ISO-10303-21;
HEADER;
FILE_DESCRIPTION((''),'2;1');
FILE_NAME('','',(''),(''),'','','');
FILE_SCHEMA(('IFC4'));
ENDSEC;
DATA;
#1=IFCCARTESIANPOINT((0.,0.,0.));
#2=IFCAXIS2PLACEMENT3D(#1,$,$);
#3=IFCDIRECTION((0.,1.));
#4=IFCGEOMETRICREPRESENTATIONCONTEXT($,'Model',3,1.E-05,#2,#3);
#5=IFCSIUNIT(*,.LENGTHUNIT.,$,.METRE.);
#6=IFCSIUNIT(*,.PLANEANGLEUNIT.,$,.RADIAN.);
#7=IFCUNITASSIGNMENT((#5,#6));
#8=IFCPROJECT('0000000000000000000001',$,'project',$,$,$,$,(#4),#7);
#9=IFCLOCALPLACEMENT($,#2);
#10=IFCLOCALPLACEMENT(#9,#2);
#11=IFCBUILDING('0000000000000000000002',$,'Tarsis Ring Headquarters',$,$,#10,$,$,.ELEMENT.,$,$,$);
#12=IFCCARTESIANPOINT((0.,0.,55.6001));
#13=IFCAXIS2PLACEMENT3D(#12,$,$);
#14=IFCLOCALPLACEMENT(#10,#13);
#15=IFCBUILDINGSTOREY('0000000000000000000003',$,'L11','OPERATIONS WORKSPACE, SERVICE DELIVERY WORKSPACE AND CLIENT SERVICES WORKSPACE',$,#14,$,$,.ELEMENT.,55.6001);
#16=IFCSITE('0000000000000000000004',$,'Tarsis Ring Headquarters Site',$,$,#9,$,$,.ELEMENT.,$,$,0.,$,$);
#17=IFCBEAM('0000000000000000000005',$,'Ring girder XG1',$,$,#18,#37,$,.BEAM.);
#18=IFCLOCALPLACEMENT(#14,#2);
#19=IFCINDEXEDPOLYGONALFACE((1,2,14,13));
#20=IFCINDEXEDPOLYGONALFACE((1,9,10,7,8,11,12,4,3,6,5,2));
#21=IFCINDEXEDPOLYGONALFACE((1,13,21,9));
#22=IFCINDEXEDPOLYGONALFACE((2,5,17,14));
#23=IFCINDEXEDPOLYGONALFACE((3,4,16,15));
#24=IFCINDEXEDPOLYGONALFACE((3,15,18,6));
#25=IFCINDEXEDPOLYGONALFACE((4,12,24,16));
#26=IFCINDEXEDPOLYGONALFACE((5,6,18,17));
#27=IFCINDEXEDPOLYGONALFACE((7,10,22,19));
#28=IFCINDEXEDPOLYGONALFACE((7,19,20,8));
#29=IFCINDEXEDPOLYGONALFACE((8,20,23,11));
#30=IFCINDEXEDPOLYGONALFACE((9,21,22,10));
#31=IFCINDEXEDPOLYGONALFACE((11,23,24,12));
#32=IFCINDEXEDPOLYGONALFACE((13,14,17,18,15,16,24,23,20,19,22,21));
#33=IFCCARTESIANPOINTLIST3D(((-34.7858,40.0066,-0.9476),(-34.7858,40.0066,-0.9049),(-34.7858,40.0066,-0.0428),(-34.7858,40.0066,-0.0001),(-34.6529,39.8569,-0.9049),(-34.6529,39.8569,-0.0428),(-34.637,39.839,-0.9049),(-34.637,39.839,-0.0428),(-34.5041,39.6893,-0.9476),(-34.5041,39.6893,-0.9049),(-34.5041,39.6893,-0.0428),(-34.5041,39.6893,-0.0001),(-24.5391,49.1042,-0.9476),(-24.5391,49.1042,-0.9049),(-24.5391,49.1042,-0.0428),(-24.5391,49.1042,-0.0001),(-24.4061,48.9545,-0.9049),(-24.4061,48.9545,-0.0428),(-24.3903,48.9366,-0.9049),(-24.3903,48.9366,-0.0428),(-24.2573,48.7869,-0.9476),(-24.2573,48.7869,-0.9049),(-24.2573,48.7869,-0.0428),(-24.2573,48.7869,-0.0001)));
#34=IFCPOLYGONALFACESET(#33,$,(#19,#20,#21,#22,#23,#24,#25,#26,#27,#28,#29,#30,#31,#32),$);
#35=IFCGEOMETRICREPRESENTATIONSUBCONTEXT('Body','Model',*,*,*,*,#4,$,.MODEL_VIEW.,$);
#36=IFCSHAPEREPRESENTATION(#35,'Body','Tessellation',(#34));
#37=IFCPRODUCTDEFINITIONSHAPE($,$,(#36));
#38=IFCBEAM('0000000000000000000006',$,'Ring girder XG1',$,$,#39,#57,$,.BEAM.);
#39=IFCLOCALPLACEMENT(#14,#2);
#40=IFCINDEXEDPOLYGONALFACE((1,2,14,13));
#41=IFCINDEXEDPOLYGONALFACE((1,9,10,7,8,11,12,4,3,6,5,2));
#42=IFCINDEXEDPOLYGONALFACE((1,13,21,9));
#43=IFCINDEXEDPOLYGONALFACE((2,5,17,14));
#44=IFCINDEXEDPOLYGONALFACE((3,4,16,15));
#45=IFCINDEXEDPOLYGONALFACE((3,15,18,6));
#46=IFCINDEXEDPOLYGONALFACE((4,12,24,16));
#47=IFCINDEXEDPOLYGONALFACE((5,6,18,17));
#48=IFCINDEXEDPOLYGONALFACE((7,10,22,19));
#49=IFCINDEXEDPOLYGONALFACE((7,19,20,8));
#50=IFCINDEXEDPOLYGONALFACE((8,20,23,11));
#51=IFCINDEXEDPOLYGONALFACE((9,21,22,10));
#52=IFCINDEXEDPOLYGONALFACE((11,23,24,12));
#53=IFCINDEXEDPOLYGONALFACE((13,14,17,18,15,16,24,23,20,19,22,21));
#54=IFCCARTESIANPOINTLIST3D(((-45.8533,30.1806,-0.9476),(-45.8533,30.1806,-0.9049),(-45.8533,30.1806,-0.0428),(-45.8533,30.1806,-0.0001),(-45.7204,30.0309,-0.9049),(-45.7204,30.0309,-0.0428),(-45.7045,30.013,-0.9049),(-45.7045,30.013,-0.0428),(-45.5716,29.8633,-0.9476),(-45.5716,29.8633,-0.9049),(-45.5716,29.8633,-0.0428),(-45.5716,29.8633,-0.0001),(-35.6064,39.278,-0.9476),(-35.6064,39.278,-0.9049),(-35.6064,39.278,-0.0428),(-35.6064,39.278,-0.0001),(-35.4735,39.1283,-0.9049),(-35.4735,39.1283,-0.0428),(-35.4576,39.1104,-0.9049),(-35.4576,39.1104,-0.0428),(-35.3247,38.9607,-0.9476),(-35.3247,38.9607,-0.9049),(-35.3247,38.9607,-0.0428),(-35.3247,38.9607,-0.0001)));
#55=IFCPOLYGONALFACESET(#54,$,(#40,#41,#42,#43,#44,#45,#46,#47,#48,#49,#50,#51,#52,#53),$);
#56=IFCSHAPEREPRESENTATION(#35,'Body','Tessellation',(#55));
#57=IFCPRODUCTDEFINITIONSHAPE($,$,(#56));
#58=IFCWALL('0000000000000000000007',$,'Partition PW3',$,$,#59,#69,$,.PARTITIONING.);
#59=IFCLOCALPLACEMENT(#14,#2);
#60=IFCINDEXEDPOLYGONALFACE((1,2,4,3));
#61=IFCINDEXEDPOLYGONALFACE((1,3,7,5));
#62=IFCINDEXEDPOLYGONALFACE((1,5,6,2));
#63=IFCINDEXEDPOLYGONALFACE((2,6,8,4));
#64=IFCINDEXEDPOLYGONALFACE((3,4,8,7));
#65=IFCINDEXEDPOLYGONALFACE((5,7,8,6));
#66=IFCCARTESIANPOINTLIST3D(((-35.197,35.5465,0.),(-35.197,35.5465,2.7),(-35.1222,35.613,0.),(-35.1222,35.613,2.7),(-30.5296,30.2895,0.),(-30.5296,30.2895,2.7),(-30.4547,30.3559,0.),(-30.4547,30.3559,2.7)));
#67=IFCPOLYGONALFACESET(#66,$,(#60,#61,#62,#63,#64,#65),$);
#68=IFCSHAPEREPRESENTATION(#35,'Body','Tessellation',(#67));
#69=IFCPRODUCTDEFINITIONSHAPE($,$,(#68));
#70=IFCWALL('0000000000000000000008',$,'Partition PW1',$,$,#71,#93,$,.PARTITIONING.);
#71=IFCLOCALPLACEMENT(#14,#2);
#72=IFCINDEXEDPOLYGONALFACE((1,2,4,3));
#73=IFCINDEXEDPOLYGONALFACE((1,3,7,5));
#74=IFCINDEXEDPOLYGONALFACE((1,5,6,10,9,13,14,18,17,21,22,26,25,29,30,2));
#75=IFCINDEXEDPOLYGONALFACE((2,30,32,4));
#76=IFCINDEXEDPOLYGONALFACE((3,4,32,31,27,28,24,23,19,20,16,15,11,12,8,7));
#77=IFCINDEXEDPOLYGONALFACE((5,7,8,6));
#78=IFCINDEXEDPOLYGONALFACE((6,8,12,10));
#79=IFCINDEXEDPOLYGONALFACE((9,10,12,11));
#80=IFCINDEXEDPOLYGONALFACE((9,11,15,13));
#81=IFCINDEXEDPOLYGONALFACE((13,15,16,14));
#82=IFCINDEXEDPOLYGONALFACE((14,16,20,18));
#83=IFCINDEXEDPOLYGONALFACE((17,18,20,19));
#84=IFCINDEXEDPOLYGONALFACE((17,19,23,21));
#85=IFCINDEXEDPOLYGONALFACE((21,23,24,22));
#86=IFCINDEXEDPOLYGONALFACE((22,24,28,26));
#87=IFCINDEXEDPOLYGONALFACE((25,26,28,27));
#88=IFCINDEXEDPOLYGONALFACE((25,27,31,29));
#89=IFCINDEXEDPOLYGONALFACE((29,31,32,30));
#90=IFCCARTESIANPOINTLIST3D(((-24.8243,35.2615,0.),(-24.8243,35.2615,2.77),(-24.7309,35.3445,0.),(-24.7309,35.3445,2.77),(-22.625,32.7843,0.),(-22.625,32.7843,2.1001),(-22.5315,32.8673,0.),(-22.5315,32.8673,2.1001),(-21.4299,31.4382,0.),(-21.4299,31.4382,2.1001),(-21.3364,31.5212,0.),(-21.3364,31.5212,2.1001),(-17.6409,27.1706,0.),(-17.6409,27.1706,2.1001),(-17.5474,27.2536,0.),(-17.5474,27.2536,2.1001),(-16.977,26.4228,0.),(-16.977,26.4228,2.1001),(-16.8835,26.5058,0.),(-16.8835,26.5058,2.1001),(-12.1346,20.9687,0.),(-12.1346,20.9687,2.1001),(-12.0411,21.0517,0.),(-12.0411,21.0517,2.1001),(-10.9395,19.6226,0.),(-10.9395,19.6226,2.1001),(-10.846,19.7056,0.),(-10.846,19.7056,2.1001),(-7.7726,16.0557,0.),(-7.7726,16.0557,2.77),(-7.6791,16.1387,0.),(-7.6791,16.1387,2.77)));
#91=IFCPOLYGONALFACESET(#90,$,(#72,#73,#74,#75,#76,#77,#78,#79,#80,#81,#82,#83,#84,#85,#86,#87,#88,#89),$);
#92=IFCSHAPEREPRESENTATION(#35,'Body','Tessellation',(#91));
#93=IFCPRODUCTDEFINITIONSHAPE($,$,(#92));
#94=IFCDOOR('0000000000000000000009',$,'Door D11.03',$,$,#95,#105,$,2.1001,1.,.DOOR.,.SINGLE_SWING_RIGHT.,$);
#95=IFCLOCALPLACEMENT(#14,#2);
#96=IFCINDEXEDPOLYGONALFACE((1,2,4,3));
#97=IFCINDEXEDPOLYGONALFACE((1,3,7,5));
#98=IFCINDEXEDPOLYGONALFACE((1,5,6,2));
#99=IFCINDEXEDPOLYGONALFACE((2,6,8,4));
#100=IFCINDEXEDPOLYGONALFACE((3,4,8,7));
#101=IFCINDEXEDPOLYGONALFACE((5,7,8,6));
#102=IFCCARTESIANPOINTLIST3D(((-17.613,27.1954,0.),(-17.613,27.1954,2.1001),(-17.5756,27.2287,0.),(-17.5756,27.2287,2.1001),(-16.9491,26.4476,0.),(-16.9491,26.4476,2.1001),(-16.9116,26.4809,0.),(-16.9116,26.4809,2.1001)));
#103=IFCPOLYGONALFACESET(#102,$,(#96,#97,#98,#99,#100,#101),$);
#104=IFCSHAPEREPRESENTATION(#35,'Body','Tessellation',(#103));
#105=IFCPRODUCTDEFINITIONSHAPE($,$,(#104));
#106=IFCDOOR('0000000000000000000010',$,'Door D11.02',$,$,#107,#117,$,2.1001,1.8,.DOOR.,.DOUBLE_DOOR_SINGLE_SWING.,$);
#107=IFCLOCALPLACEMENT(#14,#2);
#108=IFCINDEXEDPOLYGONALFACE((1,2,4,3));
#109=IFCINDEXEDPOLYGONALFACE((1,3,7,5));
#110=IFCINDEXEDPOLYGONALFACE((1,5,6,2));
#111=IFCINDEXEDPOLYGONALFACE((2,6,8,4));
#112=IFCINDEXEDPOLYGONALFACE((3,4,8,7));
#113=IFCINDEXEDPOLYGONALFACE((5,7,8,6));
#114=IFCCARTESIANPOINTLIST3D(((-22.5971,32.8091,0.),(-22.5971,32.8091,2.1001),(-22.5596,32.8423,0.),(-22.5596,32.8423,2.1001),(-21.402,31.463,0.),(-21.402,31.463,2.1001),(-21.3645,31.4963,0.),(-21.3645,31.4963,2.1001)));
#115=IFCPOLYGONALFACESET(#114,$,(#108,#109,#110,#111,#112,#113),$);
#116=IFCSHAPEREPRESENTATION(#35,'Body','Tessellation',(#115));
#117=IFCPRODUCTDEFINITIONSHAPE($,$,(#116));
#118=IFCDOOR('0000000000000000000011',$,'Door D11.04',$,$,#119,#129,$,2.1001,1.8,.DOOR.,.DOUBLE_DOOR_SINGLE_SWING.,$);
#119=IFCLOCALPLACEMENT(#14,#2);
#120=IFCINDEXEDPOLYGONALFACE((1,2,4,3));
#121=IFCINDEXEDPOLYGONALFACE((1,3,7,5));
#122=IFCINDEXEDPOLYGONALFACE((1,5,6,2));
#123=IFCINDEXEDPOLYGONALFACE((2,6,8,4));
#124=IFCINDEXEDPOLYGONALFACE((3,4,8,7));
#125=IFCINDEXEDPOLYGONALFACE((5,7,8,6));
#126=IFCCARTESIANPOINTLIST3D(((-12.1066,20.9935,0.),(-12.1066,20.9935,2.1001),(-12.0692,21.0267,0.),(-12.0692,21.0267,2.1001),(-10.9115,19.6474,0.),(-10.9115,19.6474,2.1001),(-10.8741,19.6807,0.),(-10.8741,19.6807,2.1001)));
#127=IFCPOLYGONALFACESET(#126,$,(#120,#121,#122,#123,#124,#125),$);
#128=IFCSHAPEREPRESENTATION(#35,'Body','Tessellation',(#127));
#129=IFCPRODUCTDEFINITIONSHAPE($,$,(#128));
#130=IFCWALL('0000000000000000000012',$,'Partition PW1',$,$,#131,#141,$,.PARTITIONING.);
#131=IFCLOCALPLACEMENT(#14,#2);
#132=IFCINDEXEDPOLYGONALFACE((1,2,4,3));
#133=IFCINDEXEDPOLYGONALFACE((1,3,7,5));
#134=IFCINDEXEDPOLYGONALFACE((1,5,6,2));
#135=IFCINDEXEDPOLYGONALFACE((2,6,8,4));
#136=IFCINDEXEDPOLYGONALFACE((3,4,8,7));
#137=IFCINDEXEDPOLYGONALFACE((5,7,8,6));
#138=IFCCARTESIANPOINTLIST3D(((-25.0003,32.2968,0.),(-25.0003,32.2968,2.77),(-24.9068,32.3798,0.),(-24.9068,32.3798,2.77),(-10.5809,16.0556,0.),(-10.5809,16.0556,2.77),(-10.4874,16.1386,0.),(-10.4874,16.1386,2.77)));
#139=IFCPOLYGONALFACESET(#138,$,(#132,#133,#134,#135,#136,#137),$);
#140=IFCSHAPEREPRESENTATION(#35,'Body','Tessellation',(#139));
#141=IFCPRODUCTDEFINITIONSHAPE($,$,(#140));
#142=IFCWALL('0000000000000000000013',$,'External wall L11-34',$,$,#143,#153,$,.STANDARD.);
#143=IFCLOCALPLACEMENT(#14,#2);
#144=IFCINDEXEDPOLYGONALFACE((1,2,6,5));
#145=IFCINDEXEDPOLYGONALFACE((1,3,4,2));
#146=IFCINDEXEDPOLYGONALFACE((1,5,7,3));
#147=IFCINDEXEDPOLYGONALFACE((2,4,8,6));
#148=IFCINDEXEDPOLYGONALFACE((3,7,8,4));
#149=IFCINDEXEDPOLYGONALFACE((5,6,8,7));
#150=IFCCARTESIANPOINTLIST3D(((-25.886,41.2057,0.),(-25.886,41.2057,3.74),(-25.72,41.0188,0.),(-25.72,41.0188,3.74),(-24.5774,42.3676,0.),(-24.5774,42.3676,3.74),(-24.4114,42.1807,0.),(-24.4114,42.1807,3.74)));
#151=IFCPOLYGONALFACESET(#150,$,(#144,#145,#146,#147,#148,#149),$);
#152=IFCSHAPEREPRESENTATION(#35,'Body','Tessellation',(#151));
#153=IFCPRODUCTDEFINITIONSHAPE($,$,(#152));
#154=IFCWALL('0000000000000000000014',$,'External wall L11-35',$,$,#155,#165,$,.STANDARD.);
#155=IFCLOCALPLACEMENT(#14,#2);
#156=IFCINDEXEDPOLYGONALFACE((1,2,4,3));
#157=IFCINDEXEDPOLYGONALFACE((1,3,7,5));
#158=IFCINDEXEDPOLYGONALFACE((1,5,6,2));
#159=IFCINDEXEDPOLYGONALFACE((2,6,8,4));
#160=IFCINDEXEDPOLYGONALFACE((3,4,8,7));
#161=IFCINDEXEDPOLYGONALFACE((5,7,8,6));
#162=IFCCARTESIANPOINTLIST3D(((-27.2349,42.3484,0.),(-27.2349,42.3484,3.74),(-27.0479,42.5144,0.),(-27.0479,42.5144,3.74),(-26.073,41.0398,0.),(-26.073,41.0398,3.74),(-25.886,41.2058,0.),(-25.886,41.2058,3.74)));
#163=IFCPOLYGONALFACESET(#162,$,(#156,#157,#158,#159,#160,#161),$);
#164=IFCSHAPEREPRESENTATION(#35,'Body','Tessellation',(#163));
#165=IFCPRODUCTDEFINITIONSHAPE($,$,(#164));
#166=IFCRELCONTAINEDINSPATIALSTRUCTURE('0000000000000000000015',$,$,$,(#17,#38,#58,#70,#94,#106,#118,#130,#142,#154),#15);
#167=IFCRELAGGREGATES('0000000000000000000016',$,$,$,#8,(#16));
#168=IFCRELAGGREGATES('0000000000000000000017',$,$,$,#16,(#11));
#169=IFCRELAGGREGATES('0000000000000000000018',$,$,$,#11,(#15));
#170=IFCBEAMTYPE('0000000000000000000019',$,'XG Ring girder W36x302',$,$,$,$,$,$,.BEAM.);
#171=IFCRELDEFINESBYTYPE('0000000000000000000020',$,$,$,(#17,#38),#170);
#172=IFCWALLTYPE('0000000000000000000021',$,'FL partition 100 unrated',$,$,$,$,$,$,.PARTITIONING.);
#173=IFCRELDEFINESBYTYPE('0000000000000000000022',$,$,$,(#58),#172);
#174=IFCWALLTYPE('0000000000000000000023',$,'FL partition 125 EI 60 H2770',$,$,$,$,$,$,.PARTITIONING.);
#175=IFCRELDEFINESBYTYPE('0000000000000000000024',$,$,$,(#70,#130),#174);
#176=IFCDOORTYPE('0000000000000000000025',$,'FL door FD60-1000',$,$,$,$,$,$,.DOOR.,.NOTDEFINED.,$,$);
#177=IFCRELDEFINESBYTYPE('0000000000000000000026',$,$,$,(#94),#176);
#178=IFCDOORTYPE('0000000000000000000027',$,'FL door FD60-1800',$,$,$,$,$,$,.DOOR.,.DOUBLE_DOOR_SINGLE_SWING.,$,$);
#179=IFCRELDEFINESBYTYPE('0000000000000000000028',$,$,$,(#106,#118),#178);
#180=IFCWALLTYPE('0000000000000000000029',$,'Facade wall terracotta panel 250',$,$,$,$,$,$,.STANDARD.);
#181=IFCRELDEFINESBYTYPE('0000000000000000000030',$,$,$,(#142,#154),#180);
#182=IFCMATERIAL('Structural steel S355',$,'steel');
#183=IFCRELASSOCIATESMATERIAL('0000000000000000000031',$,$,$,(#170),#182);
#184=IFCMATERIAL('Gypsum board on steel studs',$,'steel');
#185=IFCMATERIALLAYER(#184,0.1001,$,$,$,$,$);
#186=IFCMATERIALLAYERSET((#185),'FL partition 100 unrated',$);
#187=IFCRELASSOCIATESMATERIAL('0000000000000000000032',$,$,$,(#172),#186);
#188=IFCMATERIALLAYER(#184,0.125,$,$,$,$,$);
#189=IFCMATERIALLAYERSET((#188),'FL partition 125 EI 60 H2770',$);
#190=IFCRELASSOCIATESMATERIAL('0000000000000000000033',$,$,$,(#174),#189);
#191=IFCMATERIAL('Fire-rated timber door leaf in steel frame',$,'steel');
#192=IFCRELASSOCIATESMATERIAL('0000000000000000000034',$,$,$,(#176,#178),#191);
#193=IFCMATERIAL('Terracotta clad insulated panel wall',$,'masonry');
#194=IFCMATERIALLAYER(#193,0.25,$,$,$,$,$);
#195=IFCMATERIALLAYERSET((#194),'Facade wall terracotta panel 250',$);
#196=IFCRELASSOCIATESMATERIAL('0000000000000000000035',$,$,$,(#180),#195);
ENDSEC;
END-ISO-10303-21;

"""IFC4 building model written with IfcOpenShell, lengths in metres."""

from ifc_helpers import new_model, si_unit, direction, frame, frame_2d, origin, origin_2d, place, context, subcontext, project, spatial, rectangle, i_section, extrude, material, layer, layer_set, material_profile, profile_set, type_object, element, fill, save


model = new_model("IFC4")

# Units and contexts
model_context = context("Model", 3, precision=1e-05, world=origin(), true_north=direction((0.0, 1.0)))
body_context = subcontext(model_context, "Body", "Model", "MODEL_VIEW")
ifc_project = project(units=[si_unit("LENGTHUNIT", "METRE"), si_unit("PLANEANGLEUNIT", "RADIAN")], contexts=[model_context])

# Site, building, storey
site_placement = place(None, origin())
site = spatial("IfcSite", under=ifc_project, at=site_placement, Name="Tarsis Ring Headquarters Site", CompositionType="ELEMENT", RefElevation=0.0)
building_placement = place(site_placement, origin())
building = spatial("IfcBuilding", under=site, at=building_placement, Name="Tarsis Ring Headquarters", CompositionType="ELEMENT")
storey_placement = place(building_placement, frame((0.0, 0.0, 55.6001)))
storey = spatial("IfcBuildingStorey", under=building, at=storey_placement, Name="L11", Description="OPERATIONS WORKSPACE, SERVICE DELIVERY WORKSPACE AND CLIENT SERVICES WORKSPACE", CompositionType="ELEMENT", Elevation=55.6001)

# Beams
ifc_material_1 = material(Name="Structural steel S355", Category="steel")
ifc_material_profile_1 = material_profile(ifc_material_1, i_section(OverallWidth=0.4243, OverallDepth=0.9475, WebThickness=0.0239, FlangeThickness=0.0427, at=origin_2d()), Name="W36x302")
ifc_profile_set_1 = profile_set([ifc_material_profile_1], Name="Structural steel S355")
beam_type = type_object("IfcBeamType", Name="XG Ring girder W36x302", PredefinedType="BEAM", material=ifc_profile_set_1)
for number, where, z_axis, x_axis, name in (
    (1, (-24.3982, 48.9456, -0.4739), (-0.747795, -0.66393, 0.0), (0.66393, -0.747795, 0.0), "Ring girder XG1"),
    (2, (-35.4656, 39.1194, -0.4739), (-0.747803, -0.66392, 0.0), (0.66392, -0.747803, 0.0), "Ring girder XG1"),
):
    element("IfcBeam", number, at=place(storey_placement, frame(where, z_axis=z_axis, x_axis=x_axis)), inside=storey, type_object=beam_type, Name=name, PredefinedType="BEAM", context=body_context, shape_type="SweptSolid", body=[
        extrude(i_section(OverallWidth=0.4243, OverallDepth=0.9475, WebThickness=0.0239, FlangeThickness=0.0427, at=origin_2d()), origin(), (0.0, 0.0, 1.0), 13.7026),
    ])

# Wall
ifc_material_2 = material(Name="Gypsum board on steel studs", Category="steel")
ifc_layer_1 = layer(ifc_material_2, 0.1001)
ifc_layer_set_1 = layer_set([ifc_layer_1], Name="FL partition 100 unrated")
wall_type_1 = type_object("IfcWallType", Name="FL partition 100 unrated", PredefinedType="PARTITIONING", material=ifc_layer_set_1)
wall_1_placement = place(storey_placement, frame((-35.1597, 35.5798, 0.0), z_axis=(0.0, 0.0, 1.0), x_axis=(0.663928, -0.747796, 0.0)))
element("IfcWall", 3, at=wall_1_placement, inside=storey, type_object=wall_type_1, Name="Partition PW3", PredefinedType="PARTITIONING", context=body_context, shape_type="SweptSolid", body=[
    extrude(rectangle(XDim=7.03, YDim=0.1001, at=frame_2d((3.5151, 0.0))), origin(), (0.0, 0.0, 1.0), 2.7),
])

# Wall, openings, doors
ifc_layer_2 = layer(ifc_material_2, 0.125)
ifc_layer_set_2 = layer_set([ifc_layer_2], Name="FL partition 125 EI 60 H2770")
wall_type_2 = type_object("IfcWallType", Name="FL partition 125 EI 60 H2770", PredefinedType="PARTITIONING", material=ifc_layer_set_2)
wall_2_placement = place(storey_placement, frame((-24.7776, 35.303, 0.0), z_axis=(0.0, 0.0, 1.0), x_axis=(0.663927, -0.747797, 0.0)))
wall_2 = element("IfcWall", 4, at=wall_2_placement, inside=storey, type_object=wall_type_2, Name="Partition PW1", PredefinedType="PARTITIONING", context=body_context, shape_type="SweptSolid", body=[
    extrude(rectangle(XDim=25.6831, YDim=0.125, at=frame_2d((12.8416, 0.0))), origin(), (0.0, 0.0, 1.0), 2.77),
])
opening_1_placement = place(wall_2_placement, frame((3.3127, 0.0, 0.0)))
opening_1 = element("IfcOpeningElement", 5, at=opening_1_placement, cuts=wall_2, PredefinedType="OPENING", context=body_context, shape_type="SweptSolid", body=[
    extrude(rectangle(XDim=1.8, YDim=2.1001, at=frame_2d((0.8999, 1.05))), frame((0.0, 0.0725, 0.0), z_axis=(0.0, -1.0, 0.0), x_axis=(1.0, 0.0, 0.0)), (0.0, 0.0, 1.0), 0.145),
])
opening_2_placement = place(wall_2_placement, frame((10.8196, 0.0, 0.0)))
opening_2 = element("IfcOpeningElement", 6, at=opening_2_placement, cuts=wall_2, PredefinedType="OPENING", context=body_context, shape_type="SweptSolid", body=[
    extrude(rectangle(XDim=1.0, YDim=2.1001, at=frame_2d((0.5, 1.05))), frame((0.0, 0.0725, 0.0), z_axis=(0.0, -1.0, 0.0), x_axis=(1.0, 0.0, 0.0)), (0.0, 0.0, 1.0), 0.145),
])
opening_3_placement = place(wall_2_placement, frame((19.1133, 0.0, 0.0)))
opening_3 = element("IfcOpeningElement", 7, at=opening_3_placement, cuts=wall_2, PredefinedType="OPENING", context=body_context, shape_type="SweptSolid", body=[
    extrude(rectangle(XDim=1.8, YDim=2.1001, at=frame_2d((0.8999, 1.05))), frame((0.0, 0.0725, 0.0), z_axis=(0.0, -1.0, 0.0), x_axis=(1.0, 0.0, 0.0)), (0.0, 0.0, 1.0), 0.145),
])
ifc_material_3 = material(Name="Fire-rated timber door leaf in steel frame", Category="steel")
door_type_1 = type_object("IfcDoorType", Name="FL door FD60-1000", OperationType="NOTDEFINED", PredefinedType="DOOR", material=ifc_material_3)
door_1_placement = place(opening_2_placement, origin())
door_1 = element("IfcDoor", 8, at=door_1_placement, inside=storey, type_object=door_type_1, Name="Door D11.03", OperationType="SINGLE_SWING_RIGHT", OverallHeight=2.1001, OverallWidth=1.0, PredefinedType="DOOR", context=body_context, shape_type="SweptSolid", body=[
    extrude(rectangle(XDim=1.0, YDim=2.1001, at=frame_2d((0.5, 1.05))), frame((0.0, 0.0249, 0.0), z_axis=(0.0, -1.0, 0.0), x_axis=(1.0, 0.0, 0.0)), (0.0, 0.0, 1.0), 0.05),
])
fill(opening_2, door_1)
door_type_2 = type_object("IfcDoorType", Name="FL door FD60-1800", OperationType="DOUBLE_DOOR_SINGLE_SWING", PredefinedType="DOOR", material=ifc_material_3)
door_2_placement = place(opening_1_placement, origin())
door_2 = element("IfcDoor", 9, at=door_2_placement, inside=storey, type_object=door_type_2, Name="Door D11.02", OperationType="DOUBLE_DOOR_SINGLE_SWING", OverallHeight=2.1001, OverallWidth=1.8, PredefinedType="DOOR", context=body_context, shape_type="SweptSolid", body=[
    extrude(rectangle(XDim=1.8, YDim=2.1001, at=frame_2d((0.8999, 1.05))), frame((0.0, 0.0249, 0.0), z_axis=(0.0, -1.0, 0.0), x_axis=(1.0, 0.0, 0.0)), (0.0, 0.0, 1.0), 0.05),
])
fill(opening_1, door_2)
door_3_placement = place(opening_3_placement, origin())
door_3 = element("IfcDoor", 10, at=door_3_placement, inside=storey, type_object=door_type_2, Name="Door D11.04", OperationType="DOUBLE_DOOR_SINGLE_SWING", OverallHeight=2.1001, OverallWidth=1.8, PredefinedType="DOOR", context=body_context, shape_type="SweptSolid", body=[
    extrude(rectangle(XDim=1.8, YDim=2.1001, at=frame_2d((0.8999, 1.05))), frame((0.0, 0.0249, 0.0), z_axis=(0.0, -1.0, 0.0), x_axis=(1.0, 0.0, 0.0)), (0.0, 0.0, 1.0), 0.05),
])
fill(opening_3, door_3)

# Walls
wall_3_placement = place(storey_placement, frame((-24.9536, 32.3384, 0.0), z_axis=(0.0, 0.0, 1.0), x_axis=(0.663921, -0.747802, 0.0)))
element("IfcWall", 11, at=wall_3_placement, inside=storey, type_object=wall_type_2, Name="Partition PW1", PredefinedType="PARTITIONING", context=body_context, shape_type="SweptSolid", body=[
    extrude(rectangle(XDim=21.7185, YDim=0.125, at=frame_2d((10.8594, 0.0))), origin(), (0.0, 0.0, 1.0), 2.77),
])
ifc_material_4 = material(Name="Terracotta clad insulated panel wall", Category="masonry")
ifc_layer_3 = layer(ifc_material_4, 0.25)
ifc_layer_set_3 = layer_set([ifc_layer_3], Name="Facade wall terracotta panel 250")
wall_type_3 = type_object("IfcWallType", Name="Facade wall terracotta panel 250", PredefinedType="STANDARD", material=ifc_layer_set_3)
for number, where, z_axis, x_axis, name in (
    (12, (-24.4944, 42.2742, 0.0), (0.0, 0.0, 1.0), (-0.747786, -0.663939, 0.0), "External wall L11-34"),
    (13, (-25.9795, 41.1228, 0.0), (0.0, 0.0, 1.0), (-0.663939, 0.747786, 0.0), "External wall L11-35"),
):
    element("IfcWall", number, at=place(storey_placement, frame(where, z_axis=z_axis, x_axis=x_axis)), inside=storey, type_object=wall_type_3, Name=name, PredefinedType="STANDARD", context=body_context, shape_type="SweptSolid", body=[
        extrude(rectangle(XDim=1.75, YDim=0.25, at=frame_2d((0.875, 0.0))), origin(), (0.0, 0.0, 1.0), 3.74),
    ])

save(model, "model.ifc")
